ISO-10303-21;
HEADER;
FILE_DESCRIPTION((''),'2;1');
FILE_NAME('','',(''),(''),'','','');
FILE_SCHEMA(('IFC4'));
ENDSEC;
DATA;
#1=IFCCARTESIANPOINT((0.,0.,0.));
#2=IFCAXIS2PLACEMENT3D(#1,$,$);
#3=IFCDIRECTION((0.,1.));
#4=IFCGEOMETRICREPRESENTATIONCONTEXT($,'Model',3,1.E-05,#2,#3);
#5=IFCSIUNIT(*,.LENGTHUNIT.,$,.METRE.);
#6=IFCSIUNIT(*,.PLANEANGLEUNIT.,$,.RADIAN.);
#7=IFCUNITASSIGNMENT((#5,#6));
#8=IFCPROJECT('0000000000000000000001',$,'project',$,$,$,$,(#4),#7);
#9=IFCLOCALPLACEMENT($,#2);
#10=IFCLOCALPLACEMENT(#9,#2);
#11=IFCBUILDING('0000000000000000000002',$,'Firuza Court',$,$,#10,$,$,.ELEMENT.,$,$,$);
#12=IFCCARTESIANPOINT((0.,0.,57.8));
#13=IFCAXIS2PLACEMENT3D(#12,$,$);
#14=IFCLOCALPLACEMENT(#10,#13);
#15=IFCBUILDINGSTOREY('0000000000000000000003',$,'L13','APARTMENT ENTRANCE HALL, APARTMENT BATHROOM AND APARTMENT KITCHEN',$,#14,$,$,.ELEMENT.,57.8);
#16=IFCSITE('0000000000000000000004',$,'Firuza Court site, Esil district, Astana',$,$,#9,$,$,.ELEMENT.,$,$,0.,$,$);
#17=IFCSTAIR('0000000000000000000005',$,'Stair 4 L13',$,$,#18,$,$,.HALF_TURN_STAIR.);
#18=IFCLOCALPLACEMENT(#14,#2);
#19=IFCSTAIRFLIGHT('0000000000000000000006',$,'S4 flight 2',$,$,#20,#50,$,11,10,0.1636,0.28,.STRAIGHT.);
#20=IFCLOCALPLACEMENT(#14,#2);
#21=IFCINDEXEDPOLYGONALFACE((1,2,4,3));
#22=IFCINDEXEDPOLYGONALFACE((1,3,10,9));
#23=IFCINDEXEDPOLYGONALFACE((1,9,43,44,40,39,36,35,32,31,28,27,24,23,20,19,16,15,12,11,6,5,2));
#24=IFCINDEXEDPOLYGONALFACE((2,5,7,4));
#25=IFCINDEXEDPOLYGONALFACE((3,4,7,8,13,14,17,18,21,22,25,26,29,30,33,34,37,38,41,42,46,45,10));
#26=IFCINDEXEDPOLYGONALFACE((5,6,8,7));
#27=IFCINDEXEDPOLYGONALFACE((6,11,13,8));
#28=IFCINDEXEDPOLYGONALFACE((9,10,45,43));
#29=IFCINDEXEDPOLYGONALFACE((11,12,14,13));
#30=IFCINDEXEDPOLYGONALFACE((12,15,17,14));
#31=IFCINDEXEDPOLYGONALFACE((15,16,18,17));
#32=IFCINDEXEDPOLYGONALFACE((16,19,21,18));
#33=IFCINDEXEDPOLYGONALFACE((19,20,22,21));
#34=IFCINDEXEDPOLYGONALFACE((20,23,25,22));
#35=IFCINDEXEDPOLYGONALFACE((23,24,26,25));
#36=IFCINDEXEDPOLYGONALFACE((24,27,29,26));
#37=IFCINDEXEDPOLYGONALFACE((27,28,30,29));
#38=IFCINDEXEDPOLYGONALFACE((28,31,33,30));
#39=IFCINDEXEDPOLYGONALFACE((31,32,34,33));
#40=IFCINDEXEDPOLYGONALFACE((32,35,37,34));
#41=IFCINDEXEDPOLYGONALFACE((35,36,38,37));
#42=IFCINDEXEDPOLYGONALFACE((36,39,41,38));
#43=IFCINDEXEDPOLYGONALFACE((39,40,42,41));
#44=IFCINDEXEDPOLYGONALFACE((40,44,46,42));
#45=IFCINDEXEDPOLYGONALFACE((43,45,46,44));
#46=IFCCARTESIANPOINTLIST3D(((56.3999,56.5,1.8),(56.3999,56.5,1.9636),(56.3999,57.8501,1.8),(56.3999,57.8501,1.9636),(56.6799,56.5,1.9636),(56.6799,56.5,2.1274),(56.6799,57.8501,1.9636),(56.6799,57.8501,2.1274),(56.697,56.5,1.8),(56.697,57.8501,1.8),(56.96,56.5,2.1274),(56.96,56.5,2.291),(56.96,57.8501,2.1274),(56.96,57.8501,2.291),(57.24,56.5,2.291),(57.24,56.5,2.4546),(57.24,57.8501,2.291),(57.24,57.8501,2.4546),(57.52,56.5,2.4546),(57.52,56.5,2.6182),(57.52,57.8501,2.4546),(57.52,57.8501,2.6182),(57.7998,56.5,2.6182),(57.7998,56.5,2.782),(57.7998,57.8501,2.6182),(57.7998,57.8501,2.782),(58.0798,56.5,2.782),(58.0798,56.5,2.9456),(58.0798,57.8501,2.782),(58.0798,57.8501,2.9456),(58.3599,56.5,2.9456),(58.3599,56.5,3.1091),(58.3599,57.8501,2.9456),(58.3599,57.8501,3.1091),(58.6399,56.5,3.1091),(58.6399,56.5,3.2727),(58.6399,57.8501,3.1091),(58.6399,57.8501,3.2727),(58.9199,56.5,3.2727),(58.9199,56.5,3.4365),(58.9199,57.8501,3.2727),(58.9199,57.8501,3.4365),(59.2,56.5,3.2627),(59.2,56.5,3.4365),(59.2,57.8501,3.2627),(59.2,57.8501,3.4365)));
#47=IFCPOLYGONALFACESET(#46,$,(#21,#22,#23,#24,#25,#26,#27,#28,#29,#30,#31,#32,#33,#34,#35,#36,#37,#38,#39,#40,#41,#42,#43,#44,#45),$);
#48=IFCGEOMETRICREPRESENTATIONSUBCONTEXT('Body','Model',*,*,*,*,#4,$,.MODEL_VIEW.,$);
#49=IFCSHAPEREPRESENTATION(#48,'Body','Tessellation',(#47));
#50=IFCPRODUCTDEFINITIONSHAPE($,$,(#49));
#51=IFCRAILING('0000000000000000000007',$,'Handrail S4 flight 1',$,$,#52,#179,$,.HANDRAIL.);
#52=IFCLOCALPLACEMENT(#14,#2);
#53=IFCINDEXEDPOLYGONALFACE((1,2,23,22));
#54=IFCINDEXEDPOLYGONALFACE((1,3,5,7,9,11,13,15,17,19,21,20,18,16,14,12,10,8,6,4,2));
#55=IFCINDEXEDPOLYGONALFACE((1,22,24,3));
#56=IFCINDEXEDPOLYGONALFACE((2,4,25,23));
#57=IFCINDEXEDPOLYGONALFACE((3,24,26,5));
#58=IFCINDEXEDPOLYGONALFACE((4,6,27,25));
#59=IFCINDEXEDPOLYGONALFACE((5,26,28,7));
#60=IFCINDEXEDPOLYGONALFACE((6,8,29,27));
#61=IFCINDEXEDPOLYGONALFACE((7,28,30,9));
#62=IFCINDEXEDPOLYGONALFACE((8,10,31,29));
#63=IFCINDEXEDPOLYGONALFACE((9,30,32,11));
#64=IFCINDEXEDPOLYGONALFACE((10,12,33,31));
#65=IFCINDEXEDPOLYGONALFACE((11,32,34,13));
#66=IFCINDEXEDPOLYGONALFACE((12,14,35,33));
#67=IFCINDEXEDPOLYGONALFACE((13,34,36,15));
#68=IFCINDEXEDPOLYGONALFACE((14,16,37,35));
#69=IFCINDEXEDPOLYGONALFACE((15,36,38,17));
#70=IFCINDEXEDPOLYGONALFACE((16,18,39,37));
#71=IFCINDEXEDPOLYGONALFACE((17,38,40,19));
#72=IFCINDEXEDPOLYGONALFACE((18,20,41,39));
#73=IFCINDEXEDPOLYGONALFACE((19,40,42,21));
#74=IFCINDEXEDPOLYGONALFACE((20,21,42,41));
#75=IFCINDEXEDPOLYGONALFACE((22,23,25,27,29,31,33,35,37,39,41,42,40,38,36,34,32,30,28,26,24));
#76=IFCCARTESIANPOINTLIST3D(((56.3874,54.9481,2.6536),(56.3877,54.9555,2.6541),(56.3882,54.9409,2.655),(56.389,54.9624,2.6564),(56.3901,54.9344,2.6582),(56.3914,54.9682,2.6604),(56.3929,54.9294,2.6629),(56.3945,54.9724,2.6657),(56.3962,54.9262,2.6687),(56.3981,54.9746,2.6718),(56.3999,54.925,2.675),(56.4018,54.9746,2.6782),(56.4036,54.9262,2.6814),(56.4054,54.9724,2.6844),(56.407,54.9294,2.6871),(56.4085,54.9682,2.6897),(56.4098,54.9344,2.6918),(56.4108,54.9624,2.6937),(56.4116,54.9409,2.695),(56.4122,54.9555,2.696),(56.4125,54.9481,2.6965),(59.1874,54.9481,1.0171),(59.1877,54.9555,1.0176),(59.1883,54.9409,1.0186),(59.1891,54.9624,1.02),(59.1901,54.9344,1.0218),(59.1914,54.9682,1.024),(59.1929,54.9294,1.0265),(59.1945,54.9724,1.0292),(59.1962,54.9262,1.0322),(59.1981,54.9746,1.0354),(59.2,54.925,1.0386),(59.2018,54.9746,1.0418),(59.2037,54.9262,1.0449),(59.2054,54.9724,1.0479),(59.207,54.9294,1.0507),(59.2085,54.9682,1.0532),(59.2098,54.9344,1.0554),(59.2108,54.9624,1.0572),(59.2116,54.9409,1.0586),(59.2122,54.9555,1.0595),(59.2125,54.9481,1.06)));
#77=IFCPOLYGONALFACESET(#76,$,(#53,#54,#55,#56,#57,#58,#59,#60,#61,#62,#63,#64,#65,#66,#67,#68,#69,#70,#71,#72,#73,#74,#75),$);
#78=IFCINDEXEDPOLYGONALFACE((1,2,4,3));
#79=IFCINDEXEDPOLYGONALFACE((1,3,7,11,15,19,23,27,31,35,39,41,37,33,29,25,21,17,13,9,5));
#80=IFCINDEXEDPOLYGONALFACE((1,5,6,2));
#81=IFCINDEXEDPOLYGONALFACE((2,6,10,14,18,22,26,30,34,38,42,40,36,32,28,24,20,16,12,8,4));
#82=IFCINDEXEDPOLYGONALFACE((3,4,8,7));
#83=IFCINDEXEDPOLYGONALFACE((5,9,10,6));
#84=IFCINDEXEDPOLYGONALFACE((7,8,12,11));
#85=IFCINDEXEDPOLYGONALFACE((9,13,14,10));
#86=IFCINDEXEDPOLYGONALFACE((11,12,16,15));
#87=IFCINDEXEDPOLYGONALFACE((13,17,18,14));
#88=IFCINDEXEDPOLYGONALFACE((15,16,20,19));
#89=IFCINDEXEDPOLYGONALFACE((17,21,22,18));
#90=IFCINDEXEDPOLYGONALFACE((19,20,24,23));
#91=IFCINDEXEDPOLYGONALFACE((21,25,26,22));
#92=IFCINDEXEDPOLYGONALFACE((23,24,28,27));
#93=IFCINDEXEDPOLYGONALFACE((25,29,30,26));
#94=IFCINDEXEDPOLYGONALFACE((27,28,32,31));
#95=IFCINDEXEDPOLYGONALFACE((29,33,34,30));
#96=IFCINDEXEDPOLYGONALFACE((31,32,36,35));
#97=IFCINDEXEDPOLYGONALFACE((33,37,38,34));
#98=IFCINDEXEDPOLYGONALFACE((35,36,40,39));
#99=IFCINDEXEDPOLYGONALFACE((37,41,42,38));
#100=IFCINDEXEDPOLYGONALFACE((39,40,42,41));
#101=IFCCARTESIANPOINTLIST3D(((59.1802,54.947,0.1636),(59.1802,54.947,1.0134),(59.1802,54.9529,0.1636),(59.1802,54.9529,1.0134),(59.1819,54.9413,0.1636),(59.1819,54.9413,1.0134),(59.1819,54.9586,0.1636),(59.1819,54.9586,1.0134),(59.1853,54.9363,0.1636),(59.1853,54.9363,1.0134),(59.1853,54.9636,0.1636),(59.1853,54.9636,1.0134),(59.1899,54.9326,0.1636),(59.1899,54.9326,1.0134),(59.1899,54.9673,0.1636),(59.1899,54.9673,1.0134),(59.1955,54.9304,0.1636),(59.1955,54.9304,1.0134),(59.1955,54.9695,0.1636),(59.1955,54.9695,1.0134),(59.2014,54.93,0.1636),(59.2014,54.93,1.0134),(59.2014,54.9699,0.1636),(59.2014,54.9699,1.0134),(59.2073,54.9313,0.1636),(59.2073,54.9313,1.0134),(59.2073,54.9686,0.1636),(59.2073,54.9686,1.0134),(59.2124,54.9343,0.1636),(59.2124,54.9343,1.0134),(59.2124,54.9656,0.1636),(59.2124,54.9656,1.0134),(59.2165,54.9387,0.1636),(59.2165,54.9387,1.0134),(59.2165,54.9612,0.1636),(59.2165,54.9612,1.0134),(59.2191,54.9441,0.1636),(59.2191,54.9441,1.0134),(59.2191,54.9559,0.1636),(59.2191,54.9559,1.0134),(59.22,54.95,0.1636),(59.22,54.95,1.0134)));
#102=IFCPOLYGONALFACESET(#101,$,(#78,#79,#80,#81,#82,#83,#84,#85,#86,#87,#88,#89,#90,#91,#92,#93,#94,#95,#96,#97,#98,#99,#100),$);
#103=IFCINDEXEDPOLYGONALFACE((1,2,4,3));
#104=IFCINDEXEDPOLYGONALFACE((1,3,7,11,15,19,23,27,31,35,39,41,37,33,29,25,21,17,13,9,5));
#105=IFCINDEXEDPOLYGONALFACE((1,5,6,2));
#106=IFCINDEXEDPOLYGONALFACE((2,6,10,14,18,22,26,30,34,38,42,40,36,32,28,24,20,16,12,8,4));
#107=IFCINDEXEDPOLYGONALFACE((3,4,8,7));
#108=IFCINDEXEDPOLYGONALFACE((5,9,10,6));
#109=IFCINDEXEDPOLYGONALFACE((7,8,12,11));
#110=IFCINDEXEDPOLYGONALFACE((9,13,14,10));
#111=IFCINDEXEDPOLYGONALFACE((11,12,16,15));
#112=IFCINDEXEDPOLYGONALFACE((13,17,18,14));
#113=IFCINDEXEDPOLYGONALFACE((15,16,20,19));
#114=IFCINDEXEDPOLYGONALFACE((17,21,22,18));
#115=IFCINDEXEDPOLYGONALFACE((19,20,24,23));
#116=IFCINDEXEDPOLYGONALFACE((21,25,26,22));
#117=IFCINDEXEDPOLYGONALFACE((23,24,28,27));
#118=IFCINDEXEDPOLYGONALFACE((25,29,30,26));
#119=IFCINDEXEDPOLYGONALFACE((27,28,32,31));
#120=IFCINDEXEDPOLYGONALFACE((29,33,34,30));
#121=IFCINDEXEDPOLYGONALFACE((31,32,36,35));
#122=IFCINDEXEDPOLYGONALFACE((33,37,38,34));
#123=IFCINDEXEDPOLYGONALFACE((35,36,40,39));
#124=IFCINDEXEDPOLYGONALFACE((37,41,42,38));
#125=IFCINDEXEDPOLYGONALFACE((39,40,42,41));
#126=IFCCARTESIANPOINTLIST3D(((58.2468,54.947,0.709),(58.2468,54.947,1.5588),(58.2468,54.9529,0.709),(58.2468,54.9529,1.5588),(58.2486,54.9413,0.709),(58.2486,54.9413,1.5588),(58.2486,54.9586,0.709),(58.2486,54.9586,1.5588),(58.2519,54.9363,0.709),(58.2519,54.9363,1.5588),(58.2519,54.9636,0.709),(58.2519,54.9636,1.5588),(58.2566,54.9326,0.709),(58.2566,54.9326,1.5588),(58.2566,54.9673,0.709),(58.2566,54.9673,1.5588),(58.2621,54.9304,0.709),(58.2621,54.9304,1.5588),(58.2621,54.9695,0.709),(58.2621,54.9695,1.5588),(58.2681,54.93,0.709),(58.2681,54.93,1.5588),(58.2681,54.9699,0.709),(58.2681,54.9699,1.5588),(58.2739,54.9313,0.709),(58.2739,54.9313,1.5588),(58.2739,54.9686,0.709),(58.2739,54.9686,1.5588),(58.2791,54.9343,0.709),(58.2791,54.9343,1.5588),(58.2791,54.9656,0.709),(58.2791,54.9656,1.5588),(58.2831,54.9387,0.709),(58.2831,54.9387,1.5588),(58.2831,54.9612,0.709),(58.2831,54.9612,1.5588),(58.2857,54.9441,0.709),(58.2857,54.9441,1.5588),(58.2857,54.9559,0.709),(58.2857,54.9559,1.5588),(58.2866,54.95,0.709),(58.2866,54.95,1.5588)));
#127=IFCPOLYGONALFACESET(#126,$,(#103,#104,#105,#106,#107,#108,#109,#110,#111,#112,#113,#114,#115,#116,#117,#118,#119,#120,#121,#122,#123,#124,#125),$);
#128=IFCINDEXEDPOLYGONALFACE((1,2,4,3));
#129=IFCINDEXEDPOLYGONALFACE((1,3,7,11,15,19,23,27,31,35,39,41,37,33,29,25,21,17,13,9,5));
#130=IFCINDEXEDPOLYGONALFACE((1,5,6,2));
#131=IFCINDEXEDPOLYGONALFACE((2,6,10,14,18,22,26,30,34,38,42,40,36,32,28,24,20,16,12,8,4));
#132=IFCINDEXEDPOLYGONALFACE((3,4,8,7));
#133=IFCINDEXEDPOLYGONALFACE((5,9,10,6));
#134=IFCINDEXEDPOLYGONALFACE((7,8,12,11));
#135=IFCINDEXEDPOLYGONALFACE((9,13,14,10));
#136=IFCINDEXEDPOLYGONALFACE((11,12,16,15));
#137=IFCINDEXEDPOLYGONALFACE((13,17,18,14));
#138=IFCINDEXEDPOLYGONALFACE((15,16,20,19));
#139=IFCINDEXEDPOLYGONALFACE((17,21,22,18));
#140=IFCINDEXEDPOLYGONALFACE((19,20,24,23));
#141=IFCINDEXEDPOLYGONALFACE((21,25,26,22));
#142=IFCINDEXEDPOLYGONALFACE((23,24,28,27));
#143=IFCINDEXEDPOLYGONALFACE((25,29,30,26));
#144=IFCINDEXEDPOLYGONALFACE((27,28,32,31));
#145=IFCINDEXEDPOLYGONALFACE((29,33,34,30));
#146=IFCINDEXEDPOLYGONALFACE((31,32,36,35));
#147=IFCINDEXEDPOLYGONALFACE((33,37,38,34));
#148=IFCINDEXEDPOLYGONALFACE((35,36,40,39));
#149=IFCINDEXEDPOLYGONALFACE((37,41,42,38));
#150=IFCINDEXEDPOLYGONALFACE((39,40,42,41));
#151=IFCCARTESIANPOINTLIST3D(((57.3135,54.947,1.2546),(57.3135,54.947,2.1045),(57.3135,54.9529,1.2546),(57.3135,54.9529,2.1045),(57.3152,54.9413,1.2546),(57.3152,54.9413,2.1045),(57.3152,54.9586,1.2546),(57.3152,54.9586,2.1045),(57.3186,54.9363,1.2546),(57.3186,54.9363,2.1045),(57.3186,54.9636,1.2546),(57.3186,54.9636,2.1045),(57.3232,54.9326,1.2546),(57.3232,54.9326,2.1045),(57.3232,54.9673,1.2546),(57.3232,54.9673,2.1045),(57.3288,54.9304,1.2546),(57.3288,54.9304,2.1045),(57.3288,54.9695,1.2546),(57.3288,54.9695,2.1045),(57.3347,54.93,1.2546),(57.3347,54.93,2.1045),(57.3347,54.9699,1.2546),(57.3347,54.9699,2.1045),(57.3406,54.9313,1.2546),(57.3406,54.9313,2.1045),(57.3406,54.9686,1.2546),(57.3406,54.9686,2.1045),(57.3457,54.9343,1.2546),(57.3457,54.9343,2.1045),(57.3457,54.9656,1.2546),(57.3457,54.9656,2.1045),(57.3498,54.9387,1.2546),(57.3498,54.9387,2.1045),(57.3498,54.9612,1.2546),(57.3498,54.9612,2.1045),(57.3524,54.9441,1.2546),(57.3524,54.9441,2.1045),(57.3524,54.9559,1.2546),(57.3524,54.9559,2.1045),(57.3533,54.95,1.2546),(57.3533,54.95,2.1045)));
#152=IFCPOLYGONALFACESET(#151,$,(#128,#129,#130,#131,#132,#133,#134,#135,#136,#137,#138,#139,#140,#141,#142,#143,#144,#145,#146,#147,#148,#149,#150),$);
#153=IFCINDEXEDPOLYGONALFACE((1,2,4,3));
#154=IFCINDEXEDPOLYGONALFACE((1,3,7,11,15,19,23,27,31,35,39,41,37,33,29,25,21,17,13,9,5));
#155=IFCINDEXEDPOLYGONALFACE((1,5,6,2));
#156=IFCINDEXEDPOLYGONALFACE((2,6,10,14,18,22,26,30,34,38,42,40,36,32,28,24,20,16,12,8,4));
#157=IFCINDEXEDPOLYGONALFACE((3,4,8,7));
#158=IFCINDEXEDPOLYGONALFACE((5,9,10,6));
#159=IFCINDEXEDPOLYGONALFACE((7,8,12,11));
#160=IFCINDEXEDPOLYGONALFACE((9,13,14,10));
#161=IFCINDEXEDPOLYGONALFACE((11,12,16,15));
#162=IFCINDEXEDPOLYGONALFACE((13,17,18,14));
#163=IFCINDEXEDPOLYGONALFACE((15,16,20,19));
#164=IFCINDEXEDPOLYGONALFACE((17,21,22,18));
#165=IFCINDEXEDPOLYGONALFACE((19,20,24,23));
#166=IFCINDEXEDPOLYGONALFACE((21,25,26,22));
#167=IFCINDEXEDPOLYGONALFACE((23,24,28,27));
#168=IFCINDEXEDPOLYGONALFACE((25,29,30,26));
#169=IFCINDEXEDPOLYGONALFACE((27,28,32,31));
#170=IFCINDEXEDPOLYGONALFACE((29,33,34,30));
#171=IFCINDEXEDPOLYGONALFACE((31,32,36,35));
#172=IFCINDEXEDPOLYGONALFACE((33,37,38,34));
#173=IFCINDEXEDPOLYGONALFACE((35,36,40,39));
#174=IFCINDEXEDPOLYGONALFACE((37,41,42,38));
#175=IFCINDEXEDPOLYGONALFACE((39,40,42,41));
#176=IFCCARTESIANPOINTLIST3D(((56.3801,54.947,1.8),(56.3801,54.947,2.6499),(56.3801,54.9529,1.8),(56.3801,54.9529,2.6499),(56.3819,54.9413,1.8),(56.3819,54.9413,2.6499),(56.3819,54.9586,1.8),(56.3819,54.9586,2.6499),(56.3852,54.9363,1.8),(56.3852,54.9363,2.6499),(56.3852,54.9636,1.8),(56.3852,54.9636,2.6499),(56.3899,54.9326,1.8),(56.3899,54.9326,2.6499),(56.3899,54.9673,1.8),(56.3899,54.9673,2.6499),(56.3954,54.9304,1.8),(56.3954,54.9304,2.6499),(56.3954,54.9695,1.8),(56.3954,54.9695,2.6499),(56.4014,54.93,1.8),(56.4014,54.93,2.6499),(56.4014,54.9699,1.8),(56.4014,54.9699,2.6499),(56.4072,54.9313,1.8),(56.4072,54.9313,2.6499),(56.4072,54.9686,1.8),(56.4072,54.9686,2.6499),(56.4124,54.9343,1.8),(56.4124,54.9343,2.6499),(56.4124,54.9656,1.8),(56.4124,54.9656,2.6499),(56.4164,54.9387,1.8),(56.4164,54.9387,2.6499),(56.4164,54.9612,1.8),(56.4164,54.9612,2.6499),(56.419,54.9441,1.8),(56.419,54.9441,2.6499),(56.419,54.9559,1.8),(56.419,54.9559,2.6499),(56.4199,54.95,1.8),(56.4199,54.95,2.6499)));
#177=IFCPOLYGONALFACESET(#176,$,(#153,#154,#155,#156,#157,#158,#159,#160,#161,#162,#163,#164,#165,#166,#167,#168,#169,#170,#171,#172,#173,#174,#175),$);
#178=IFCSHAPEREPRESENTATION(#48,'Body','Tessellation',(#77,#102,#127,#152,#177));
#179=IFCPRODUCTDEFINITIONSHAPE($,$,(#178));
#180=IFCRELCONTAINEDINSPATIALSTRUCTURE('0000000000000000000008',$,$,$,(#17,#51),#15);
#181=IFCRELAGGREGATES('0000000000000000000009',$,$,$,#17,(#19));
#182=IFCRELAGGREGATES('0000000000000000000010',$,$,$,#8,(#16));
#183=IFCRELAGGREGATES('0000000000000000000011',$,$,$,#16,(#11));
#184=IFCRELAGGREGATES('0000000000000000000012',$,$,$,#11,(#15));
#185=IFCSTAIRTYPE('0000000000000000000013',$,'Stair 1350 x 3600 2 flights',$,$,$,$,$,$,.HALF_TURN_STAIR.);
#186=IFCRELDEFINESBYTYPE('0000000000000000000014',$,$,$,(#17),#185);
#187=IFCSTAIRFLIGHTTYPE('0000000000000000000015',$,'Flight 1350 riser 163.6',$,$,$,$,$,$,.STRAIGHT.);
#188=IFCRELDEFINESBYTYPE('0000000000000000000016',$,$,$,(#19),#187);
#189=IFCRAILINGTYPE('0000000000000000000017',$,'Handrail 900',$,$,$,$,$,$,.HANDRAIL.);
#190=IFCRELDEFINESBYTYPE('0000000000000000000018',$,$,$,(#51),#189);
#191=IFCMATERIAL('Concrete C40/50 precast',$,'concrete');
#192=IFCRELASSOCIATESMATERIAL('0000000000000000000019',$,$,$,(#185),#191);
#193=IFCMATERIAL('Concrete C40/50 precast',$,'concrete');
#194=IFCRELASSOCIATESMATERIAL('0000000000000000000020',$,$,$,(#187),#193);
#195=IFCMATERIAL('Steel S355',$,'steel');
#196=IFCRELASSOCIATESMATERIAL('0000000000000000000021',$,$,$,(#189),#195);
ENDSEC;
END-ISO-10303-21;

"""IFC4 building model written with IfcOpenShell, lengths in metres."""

from ifc_helpers import new_model, si_unit, direction, frame, origin, origin_2d, place, context, subcontext, project, spatial, polyline, circle, outline, extrude, material, type_object, element, aggregate, save


model = new_model("IFC4")

# Units and contexts
model_context = context("Model", 3, precision=1e-05, world=origin(), true_north=direction((0.0, 1.0)))
body_context = subcontext(model_context, "Body", "Model", "MODEL_VIEW")
ifc_project = project(units=[si_unit("LENGTHUNIT", "METRE"), si_unit("PLANEANGLEUNIT", "RADIAN")], contexts=[model_context])

# Site, building, storey
site_placement = place(None, origin())
site = spatial("IfcSite", under=ifc_project, at=site_placement, Name="Firuza Court site, Esil district, Astana", CompositionType="ELEMENT", RefElevation=0.0)
building_placement = place(site_placement, origin())
building = spatial("IfcBuilding", under=site, at=building_placement, Name="Firuza Court", CompositionType="ELEMENT")
storey_placement = place(building_placement, frame((0.0, 0.0, 57.8)))
storey = spatial("IfcBuildingStorey", under=building, at=storey_placement, Name="L13", Description="APARTMENT ENTRANCE HALL, APARTMENT BATHROOM AND APARTMENT KITCHEN", CompositionType="ELEMENT", Elevation=57.8)

# Stair, stair flight
ifc_material_1 = material(Name="Concrete C40/50 precast", Category="concrete")
stair_type = type_object("IfcStairType", Name="Stair 1350 x 3600 2 flights", PredefinedType="HALF_TURN_STAIR", material=ifc_material_1)
stair_placement = place(storey_placement, origin())
stair = element("IfcStair", 1, at=stair_placement, inside=storey, type_object=stair_type, Name="Stair 4 L13", PredefinedType="HALF_TURN_STAIR")
ifc_material_2 = material(Name="Concrete C40/50 precast", Category="concrete")
stair_flight_type = type_object("IfcStairFlightType", Name="Flight 1350 riser 163.6", PredefinedType="STRAIGHT", material=ifc_material_2)
stair_flight_1_placement = place(storey_placement, frame((56.3999, 57.175, 1.8), z_axis=(0.0, 0.0, 1.0), x_axis=(1.0, 0.0, 0.0)))
stair_flight_1 = element("IfcStairFlight", 2, at=stair_flight_1_placement, type_object=stair_flight_type, Name="S4 flight 2", NumberOfRisers=11, NumberOfTreads=10, PredefinedType="STRAIGHT", RiserHeight=0.1636, TreadLength=0.28, context=body_context, shape_type="SweptSolid", body=[
    extrude(outline(polyline([(0.0, 0.0), (0.0, 0.1636), (0.28, 0.1636), (0.28, 0.3274), (0.5601, 0.3274), (0.5601, 0.491), (0.8401, 0.491), (0.8401, 0.6545), (1.1201, 0.6545), (1.1201, 0.8181), (1.3999, 0.8181), (1.3999, 0.9819), (1.6799, 0.9819), (1.6799, 1.1455), (1.96, 1.1455), (1.96, 1.3091), (2.24, 1.3091), (2.24, 1.4727), (2.52, 1.4727), (2.52, 1.6365), (2.8, 1.6365), (2.8, 1.8), (2.8, 1.4626), (0.2971, 0.0), (0.0, 0.0)])), frame((0.0, 0.675, 0.0), z_axis=(0.0, -1.0, 0.0), x_axis=(1.0, 0.0, 0.0)), (0.0, 0.0, 1.0), 1.3501),
])
aggregate(stair, [stair_flight_1])

# Railing
ifc_material_3 = material(Name="Steel S355", Category="steel")
railing_type_1 = type_object("IfcRailingType", Name="Handrail 900", PredefinedType="HANDRAIL", material=ifc_material_3)
railing_1_placement = place(storey_placement, frame((59.2, 54.95, 0.1636)))
element("IfcRailing", 3, at=railing_1_placement, inside=storey, type_object=railing_type_1, Name="Handrail S4 flight 1", PredefinedType="HANDRAIL", context=body_context, shape_type="SweptSolid", body=[
    extrude(circle(Radius=0.0249, at=origin_2d()), frame((0.0, 0.0, 0.875), z_axis=(-0.863361, 0.0, 0.504587), x_axis=(0.0, -1.0, 0.0)), (0.0, 0.0, 1.0), 3.2432),
    extrude(circle(Radius=0.02, at=origin_2d()), origin(), (0.0, 0.0, 1.0), 0.8499),
    extrude(circle(Radius=0.02, at=origin_2d()), frame((-0.9333, 0.0, 0.5454)), (0.0, 0.0, 1.0), 0.8499),
    extrude(circle(Radius=0.02, at=origin_2d()), frame((-1.8667, 0.0, 1.0911)), (0.0, 0.0, 1.0), 0.8499),
    extrude(circle(Radius=0.02, at=origin_2d()), frame((-2.8, 0.0, 1.6365)), (0.0, 0.0, 1.0), 0.8499),
])

save(model, "model.ifc")
